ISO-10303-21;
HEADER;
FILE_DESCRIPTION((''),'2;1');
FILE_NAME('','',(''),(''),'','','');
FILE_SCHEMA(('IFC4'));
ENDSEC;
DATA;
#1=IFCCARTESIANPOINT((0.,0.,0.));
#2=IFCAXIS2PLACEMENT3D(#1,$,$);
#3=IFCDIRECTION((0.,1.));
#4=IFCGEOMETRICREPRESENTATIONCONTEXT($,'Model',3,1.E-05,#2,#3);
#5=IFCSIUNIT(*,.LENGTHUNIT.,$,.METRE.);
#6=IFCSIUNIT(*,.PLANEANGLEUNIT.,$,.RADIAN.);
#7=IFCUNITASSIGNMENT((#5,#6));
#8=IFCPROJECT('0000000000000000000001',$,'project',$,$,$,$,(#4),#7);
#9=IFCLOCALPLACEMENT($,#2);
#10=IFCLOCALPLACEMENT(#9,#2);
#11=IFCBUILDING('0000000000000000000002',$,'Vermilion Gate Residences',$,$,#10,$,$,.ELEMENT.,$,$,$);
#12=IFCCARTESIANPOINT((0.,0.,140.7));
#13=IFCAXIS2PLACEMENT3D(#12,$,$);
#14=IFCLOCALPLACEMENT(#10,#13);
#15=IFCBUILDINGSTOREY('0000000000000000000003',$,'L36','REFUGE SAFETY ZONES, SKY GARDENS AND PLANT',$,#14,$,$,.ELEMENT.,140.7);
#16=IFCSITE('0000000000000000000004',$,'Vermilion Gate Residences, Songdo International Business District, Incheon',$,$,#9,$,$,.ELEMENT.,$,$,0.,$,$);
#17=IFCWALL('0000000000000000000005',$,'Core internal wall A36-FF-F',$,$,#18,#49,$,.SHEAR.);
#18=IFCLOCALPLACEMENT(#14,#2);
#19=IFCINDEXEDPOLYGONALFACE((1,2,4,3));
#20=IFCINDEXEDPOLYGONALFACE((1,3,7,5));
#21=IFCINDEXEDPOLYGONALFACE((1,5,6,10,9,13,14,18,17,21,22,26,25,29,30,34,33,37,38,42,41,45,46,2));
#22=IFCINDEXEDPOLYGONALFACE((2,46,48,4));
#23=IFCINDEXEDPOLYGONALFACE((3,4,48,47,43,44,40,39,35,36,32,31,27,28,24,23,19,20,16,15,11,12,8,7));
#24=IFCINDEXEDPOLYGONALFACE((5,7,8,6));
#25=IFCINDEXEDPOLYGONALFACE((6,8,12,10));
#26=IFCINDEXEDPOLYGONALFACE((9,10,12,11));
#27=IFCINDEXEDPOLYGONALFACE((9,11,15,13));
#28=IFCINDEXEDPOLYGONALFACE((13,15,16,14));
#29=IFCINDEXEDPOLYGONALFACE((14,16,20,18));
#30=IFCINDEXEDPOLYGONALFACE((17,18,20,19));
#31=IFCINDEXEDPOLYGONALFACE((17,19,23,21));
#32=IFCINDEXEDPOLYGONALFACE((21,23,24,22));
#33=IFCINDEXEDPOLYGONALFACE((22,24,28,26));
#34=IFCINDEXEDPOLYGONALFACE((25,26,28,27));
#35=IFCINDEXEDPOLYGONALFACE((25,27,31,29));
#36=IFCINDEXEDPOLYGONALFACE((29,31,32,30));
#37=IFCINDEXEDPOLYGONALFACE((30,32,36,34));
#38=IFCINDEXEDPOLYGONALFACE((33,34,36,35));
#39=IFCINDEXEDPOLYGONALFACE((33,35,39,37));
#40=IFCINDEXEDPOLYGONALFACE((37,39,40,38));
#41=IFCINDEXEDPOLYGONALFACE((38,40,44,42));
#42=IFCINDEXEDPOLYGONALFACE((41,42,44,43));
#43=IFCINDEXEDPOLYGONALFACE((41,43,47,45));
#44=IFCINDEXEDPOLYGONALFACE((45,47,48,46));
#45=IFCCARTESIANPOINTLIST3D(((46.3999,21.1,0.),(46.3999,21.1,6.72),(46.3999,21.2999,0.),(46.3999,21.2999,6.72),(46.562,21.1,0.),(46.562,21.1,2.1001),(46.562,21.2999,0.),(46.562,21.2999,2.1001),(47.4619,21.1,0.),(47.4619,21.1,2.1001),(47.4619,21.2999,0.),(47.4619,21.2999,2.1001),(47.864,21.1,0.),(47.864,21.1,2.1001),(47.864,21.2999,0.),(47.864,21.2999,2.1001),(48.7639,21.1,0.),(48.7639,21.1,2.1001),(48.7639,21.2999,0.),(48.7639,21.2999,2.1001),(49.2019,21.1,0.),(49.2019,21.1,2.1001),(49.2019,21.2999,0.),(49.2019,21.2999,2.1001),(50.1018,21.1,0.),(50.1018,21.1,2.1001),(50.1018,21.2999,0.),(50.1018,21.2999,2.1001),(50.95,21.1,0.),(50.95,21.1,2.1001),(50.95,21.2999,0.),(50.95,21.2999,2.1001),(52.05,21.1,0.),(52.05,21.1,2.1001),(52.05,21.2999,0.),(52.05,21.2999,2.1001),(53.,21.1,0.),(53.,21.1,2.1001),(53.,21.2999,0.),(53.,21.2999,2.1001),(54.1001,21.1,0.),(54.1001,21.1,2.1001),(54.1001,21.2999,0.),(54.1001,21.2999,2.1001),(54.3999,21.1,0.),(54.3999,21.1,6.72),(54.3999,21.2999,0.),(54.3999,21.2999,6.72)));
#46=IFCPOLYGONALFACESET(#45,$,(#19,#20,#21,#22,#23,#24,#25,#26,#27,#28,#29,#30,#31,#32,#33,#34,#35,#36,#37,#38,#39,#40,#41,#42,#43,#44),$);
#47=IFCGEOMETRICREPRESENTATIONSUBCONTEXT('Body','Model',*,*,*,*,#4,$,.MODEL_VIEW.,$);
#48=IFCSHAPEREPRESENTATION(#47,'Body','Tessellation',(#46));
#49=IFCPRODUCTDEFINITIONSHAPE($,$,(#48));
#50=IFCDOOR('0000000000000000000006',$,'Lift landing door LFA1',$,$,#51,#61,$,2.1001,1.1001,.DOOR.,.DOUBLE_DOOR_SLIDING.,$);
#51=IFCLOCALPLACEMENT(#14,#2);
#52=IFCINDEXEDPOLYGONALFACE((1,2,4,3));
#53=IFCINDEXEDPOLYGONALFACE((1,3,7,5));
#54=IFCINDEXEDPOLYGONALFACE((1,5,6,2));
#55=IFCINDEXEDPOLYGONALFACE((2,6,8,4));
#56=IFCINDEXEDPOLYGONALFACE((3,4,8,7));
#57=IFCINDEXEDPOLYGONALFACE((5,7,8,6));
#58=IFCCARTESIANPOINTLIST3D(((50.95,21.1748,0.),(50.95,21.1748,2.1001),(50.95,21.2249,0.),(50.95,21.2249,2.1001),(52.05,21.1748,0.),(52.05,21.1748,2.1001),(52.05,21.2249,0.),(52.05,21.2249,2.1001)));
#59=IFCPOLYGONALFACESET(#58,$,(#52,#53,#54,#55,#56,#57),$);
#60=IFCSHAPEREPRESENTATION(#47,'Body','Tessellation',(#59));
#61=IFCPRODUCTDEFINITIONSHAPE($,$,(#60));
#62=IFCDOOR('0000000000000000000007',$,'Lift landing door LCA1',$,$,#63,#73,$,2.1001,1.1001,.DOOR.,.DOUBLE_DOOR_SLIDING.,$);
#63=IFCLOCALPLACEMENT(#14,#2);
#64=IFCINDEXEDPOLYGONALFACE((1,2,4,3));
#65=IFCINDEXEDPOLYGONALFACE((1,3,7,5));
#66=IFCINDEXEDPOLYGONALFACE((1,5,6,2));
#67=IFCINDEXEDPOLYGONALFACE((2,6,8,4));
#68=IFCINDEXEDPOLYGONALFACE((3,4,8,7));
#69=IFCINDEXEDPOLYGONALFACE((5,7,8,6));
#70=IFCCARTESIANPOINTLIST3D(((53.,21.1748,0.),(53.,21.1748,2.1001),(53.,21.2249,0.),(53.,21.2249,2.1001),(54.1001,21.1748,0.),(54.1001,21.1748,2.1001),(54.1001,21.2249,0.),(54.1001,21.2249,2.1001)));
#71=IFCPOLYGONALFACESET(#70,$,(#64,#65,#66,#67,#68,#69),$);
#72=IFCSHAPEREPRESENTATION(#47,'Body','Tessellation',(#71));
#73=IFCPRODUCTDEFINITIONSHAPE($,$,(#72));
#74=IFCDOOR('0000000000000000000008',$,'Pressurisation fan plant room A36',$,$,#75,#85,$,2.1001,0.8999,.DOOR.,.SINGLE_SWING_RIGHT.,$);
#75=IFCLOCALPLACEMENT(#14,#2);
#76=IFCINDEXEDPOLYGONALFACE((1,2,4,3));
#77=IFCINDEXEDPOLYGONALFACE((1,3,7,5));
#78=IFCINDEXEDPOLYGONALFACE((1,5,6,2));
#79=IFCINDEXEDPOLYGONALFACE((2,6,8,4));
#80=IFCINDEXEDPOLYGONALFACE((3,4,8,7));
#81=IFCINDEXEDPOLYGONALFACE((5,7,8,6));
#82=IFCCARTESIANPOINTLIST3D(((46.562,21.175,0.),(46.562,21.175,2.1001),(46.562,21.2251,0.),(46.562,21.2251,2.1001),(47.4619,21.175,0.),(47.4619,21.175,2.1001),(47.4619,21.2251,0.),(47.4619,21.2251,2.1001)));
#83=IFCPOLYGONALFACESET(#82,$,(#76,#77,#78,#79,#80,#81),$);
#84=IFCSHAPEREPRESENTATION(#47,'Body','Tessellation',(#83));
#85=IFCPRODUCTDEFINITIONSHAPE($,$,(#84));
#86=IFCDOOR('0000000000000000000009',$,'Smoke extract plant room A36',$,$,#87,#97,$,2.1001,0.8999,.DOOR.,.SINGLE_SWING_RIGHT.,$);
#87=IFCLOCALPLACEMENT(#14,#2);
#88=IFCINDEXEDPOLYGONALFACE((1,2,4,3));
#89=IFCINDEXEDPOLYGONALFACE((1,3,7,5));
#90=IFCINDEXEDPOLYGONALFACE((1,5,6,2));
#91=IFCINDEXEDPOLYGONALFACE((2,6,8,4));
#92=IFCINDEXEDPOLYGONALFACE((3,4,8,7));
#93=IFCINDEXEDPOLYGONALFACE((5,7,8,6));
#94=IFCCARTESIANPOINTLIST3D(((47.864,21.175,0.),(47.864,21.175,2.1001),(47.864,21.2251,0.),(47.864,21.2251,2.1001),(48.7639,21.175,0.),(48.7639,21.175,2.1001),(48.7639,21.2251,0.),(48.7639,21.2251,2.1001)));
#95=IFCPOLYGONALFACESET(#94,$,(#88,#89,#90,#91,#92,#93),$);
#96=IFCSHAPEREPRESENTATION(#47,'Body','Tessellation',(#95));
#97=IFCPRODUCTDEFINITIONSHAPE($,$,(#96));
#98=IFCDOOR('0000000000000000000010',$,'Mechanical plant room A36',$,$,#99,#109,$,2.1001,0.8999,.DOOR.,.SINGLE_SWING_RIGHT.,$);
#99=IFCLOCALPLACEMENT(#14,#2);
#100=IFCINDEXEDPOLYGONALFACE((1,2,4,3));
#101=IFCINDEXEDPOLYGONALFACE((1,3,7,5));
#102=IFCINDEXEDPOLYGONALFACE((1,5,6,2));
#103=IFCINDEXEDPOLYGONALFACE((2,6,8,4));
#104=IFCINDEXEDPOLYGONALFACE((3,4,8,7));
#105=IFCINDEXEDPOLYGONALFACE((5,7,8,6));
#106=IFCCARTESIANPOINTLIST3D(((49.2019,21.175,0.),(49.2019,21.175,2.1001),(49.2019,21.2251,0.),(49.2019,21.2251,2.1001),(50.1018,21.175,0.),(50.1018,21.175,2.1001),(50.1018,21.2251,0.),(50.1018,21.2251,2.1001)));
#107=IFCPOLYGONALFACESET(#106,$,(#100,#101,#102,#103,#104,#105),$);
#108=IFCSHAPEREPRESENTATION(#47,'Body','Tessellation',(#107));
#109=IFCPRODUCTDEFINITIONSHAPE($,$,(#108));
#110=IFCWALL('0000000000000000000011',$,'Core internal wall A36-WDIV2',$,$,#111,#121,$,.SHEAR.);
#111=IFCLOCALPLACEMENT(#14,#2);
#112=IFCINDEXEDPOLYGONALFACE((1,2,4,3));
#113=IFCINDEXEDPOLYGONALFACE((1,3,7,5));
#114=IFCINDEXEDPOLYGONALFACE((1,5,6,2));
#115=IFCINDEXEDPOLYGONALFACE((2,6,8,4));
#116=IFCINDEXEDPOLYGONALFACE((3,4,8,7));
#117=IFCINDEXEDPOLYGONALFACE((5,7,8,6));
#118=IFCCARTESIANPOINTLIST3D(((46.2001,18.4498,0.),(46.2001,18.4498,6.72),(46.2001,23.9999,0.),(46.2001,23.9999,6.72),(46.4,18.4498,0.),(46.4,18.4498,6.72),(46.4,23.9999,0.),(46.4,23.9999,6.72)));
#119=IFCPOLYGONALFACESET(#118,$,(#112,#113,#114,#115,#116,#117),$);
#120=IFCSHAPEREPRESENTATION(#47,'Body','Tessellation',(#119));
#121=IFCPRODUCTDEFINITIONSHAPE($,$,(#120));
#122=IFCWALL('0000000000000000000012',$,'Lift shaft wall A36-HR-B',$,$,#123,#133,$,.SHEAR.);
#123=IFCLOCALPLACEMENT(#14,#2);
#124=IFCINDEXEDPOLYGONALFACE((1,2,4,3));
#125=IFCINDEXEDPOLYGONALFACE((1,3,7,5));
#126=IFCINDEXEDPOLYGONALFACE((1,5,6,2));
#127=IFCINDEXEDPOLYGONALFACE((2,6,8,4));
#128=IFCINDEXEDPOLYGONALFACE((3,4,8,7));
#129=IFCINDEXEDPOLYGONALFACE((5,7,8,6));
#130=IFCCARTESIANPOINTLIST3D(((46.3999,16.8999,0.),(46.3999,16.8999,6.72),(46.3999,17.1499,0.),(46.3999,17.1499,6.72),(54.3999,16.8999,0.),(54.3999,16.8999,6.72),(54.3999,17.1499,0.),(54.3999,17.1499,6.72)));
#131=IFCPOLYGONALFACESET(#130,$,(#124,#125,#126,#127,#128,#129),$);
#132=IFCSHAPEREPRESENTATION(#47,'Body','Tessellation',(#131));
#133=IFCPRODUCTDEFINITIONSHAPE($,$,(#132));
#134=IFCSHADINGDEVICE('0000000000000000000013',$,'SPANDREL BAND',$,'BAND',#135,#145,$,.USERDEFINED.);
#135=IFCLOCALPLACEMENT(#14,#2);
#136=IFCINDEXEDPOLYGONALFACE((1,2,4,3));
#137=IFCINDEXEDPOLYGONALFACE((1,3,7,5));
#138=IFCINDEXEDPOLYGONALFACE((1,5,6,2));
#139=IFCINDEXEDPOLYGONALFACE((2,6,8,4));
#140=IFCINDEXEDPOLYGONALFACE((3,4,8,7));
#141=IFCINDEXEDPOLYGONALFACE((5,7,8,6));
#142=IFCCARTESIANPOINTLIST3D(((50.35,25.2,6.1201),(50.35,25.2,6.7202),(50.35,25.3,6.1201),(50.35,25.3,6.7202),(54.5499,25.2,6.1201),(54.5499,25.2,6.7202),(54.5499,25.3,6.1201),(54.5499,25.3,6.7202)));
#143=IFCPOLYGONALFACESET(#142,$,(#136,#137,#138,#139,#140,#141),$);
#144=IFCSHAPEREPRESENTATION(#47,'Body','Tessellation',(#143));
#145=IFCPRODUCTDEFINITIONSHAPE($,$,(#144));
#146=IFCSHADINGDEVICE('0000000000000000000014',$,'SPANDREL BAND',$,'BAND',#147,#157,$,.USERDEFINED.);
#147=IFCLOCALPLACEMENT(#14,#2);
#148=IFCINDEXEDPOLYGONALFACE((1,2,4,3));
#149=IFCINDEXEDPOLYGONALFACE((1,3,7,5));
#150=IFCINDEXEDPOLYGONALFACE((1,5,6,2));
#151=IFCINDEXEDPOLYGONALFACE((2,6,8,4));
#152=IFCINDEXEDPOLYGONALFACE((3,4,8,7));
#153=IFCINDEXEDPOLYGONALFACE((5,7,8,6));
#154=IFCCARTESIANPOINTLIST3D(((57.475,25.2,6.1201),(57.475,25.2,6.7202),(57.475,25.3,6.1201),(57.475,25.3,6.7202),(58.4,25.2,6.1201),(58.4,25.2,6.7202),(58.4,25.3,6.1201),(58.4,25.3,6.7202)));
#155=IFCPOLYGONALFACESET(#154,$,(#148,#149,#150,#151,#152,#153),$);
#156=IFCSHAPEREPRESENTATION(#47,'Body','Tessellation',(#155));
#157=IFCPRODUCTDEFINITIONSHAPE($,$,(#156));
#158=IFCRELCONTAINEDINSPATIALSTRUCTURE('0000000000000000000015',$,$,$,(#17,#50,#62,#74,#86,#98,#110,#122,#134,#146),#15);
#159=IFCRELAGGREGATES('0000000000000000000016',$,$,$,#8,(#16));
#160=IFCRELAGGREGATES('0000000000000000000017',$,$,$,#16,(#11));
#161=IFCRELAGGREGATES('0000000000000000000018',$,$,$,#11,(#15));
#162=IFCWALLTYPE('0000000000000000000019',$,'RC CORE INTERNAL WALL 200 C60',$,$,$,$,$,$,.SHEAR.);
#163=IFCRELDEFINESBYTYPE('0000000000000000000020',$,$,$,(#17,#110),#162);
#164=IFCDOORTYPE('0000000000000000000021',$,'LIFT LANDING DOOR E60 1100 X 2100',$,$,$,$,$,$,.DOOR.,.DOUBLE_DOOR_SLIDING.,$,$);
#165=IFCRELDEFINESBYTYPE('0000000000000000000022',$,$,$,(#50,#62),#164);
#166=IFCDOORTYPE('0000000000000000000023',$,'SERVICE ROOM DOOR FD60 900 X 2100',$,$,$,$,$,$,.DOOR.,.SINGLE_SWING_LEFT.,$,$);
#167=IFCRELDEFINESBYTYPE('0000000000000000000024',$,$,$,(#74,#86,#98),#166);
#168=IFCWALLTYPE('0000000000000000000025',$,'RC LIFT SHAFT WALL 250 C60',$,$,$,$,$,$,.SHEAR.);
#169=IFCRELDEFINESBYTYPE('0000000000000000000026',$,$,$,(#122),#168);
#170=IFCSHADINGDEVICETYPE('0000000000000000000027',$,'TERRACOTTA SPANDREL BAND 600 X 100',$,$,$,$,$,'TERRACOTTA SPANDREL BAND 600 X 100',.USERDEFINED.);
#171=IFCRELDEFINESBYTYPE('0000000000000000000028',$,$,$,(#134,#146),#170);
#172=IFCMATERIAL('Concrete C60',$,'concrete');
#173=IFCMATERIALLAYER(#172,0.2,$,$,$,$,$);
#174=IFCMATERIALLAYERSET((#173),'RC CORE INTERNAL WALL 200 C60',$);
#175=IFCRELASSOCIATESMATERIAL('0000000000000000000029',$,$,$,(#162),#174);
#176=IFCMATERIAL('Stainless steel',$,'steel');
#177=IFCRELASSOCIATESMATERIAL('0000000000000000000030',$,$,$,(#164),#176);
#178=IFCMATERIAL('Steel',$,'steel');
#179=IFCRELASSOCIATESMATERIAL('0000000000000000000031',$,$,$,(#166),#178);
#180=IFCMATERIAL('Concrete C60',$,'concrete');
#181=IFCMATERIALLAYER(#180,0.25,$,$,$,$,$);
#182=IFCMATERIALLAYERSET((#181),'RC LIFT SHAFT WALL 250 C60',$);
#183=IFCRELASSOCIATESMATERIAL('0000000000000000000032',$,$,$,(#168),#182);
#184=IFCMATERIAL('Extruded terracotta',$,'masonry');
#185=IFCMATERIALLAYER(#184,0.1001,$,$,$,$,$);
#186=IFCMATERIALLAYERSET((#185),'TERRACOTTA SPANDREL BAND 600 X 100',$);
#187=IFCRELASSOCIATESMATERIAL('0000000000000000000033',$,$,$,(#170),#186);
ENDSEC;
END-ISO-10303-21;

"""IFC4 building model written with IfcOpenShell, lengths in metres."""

from ifc_helpers import new_model, si_unit, direction, frame, frame_2d, origin, origin_2d, place, context, subcontext, project, spatial, rectangle, extrude, material, layer, layer_set, type_object, element, fill, save


model = new_model("IFC4")

# Units and contexts
model_context = context("Model", 3, precision=1e-05, world=origin(), true_north=direction((0.0, 1.0)))
body_context = subcontext(model_context, "Body", "Model", "MODEL_VIEW")
ifc_project = project(units=[si_unit("LENGTHUNIT", "METRE"), si_unit("PLANEANGLEUNIT", "RADIAN")], contexts=[model_context])

# Site, building, storey
site_placement = place(None, origin())
site = spatial("IfcSite", under=ifc_project, at=site_placement, Name="Vermilion Gate Residences, Songdo International Business District, Incheon", CompositionType="ELEMENT", RefElevation=0.0)
building_placement = place(site_placement, origin())
building = spatial("IfcBuilding", under=site, at=building_placement, Name="Vermilion Gate Residences", CompositionType="ELEMENT")
storey_placement = place(building_placement, frame((0.0, 0.0, 140.7)))
storey = spatial("IfcBuildingStorey", under=building, at=storey_placement, Name="L36", Description="REFUGE SAFETY ZONES, SKY GARDENS AND PLANT", CompositionType="ELEMENT", Elevation=140.7)

# Shared definitions
ifc_material_1 = material(Name="Concrete C60", Category="concrete")
ifc_layer_1 = layer(ifc_material_1, 0.2)
ifc_layer_set_1 = layer_set([ifc_layer_1], Name="RC CORE INTERNAL WALL 200 C60")
wall_type_1 = type_object("IfcWallType", Name="RC CORE INTERNAL WALL 200 C60", PredefinedType="SHEAR", material=ifc_layer_set_1)

# Wall, openings, doors
wall_1_placement = place(storey_placement, frame((46.3999, 21.2, 0.0), z_axis=(0.0, 0.0, 1.0), x_axis=(1.0, 0.0, 0.0)))
wall_1 = element("IfcWall", 1, at=wall_1_placement, inside=storey, type_object=wall_type_1, Name="Core internal wall A36-FF-F", PredefinedType="SHEAR", context=body_context, shape_type="SweptSolid", body=[
    extrude(rectangle(XDim=8.0, YDim=0.2, at=frame_2d((4.0, 0.0))), origin(), (0.0, 0.0, 1.0), 6.72),
])
opening_1_placement = place(wall_1_placement, frame((0.1621, 0.0, 0.0)))
opening_1 = element("IfcOpeningElement", 2, at=opening_1_placement, cuts=wall_1, PredefinedType="OPENING", context=body_context, shape_type="SweptSolid", body=[
    extrude(rectangle(XDim=0.8999, YDim=2.1001, at=frame_2d((0.45, 1.05))), frame((0.0, 0.1099, 0.0), z_axis=(0.0, -1.0, 0.0), x_axis=(1.0, 0.0, 0.0)), (0.0, 0.0, 1.0), 0.22),
])
opening_2_placement = place(wall_1_placement, frame((1.4641, 0.0, 0.0)))
opening_2 = element("IfcOpeningElement", 3, at=opening_2_placement, cuts=wall_1, PredefinedType="OPENING", context=body_context, shape_type="SweptSolid", body=[
    extrude(rectangle(XDim=0.8999, YDim=2.1001, at=frame_2d((0.45, 1.05))), frame((0.0, 0.1099, 0.0), z_axis=(0.0, -1.0, 0.0), x_axis=(1.0, 0.0, 0.0)), (0.0, 0.0, 1.0), 0.22),
])
opening_3_placement = place(wall_1_placement, frame((2.802, 0.0, 0.0)))
opening_3 = element("IfcOpeningElement", 4, at=opening_3_placement, cuts=wall_1, PredefinedType="OPENING", context=body_context, shape_type="SweptSolid", body=[
    extrude(rectangle(XDim=0.8999, YDim=2.1001, at=frame_2d((0.45, 1.05))), frame((0.0, 0.1099, 0.0), z_axis=(0.0, -1.0, 0.0), x_axis=(1.0, 0.0, 0.0)), (0.0, 0.0, 1.0), 0.22),
])
opening_4_placement = place(wall_1_placement, frame((4.55, 0.0, 0.0)))
opening_4 = element("IfcOpeningElement", 5, at=opening_4_placement, cuts=wall_1, PredefinedType="OPENING", context=body_context, shape_type="SweptSolid", body=[
    extrude(rectangle(XDim=1.1001, YDim=2.1001, at=frame_2d((0.55, 1.05))), frame((0.0, 0.1099, 0.0), z_axis=(0.0, -1.0, 0.0), x_axis=(1.0, 0.0, 0.0)), (0.0, 0.0, 1.0), 0.22),
])
opening_5_placement = place(wall_1_placement, frame((6.6001, 0.0, 0.0)))
opening_5 = element("IfcOpeningElement", 6, at=opening_5_placement, cuts=wall_1, PredefinedType="OPENING", context=body_context, shape_type="SweptSolid", body=[
    extrude(rectangle(XDim=1.1001, YDim=2.1001, at=frame_2d((0.55, 1.05))), frame((0.0, 0.1099, 0.0), z_axis=(0.0, -1.0, 0.0), x_axis=(1.0, 0.0, 0.0)), (0.0, 0.0, 1.0), 0.22),
])
ifc_material_2 = material(Name="Stainless steel", Category="steel")
door_type_1 = type_object("IfcDoorType", Name="LIFT LANDING DOOR E60 1100 X 2100", OperationType="DOUBLE_DOOR_SLIDING", PredefinedType="DOOR", material=ifc_material_2)
door_1_placement = place(opening_4_placement, origin())
door_1 = element("IfcDoor", 7, at=door_1_placement, inside=storey, type_object=door_type_1, Name="Lift landing door LFA1", OperationType="DOUBLE_DOOR_SLIDING", OverallHeight=2.1001, OverallWidth=1.1001, PredefinedType="DOOR", context=body_context, shape_type="SweptSolid", body=[
    extrude(rectangle(XDim=1.1001, YDim=2.1001, at=frame_2d((0.55, 1.05))), frame((0.0, 0.0249, 0.0), z_axis=(0.0, -1.0, 0.0), x_axis=(1.0, 0.0, 0.0)), (0.0, 0.0, 1.0), 0.05),
])
fill(opening_4, door_1)
door_2_placement = place(opening_5_placement, origin())
door_2 = element("IfcDoor", 8, at=door_2_placement, inside=storey, type_object=door_type_1, Name="Lift landing door LCA1", OperationType="DOUBLE_DOOR_SLIDING", OverallHeight=2.1001, OverallWidth=1.1001, PredefinedType="DOOR", context=body_context, shape_type="SweptSolid", body=[
    extrude(rectangle(XDim=1.1001, YDim=2.1001, at=frame_2d((0.55, 1.05))), frame((0.0, 0.0249, 0.0), z_axis=(0.0, -1.0, 0.0), x_axis=(1.0, 0.0, 0.0)), (0.0, 0.0, 1.0), 0.05),
])
fill(opening_5, door_2)
ifc_material_3 = material(Name="Steel", Category="steel")
door_type_2 = type_object("IfcDoorType", Name="SERVICE ROOM DOOR FD60 900 X 2100", OperationType="SINGLE_SWING_LEFT", PredefinedType="DOOR", material=ifc_material_3)
door_3_placement = place(opening_1_placement, frame((0.8999, 0.0, 0.0), z_axis=(0.0, 0.0, 1.0), x_axis=(-1.0, 0.0, 0.0)))
door_3 = element("IfcDoor", 9, at=door_3_placement, inside=storey, type_object=door_type_2, Name="Pressurisation fan plant room A36", OperationType="SINGLE_SWING_RIGHT", OverallHeight=2.1001, OverallWidth=0.8999, PredefinedType="DOOR", context=body_context, shape_type="SweptSolid", body=[
    extrude(rectangle(XDim=0.8999, YDim=2.1001, at=frame_2d((0.45, 1.05))), frame((0.0, 0.0249, 0.0), z_axis=(0.0, -1.0, 0.0), x_axis=(1.0, 0.0, 0.0)), (0.0, 0.0, 1.0), 0.05),
])
fill(opening_1, door_3)
door_4_placement = place(opening_2_placement, frame((0.8999, 0.0, 0.0), z_axis=(0.0, 0.0, 1.0), x_axis=(-1.0, 0.0, 0.0)))
door_4 = element("IfcDoor", 10, at=door_4_placement, inside=storey, type_object=door_type_2, Name="Smoke extract plant room A36", OperationType="SINGLE_SWING_RIGHT", OverallHeight=2.1001, OverallWidth=0.8999, PredefinedType="DOOR", context=body_context, shape_type="SweptSolid", body=[
    extrude(rectangle(XDim=0.8999, YDim=2.1001, at=frame_2d((0.45, 1.05))), frame((0.0, 0.0249, 0.0), z_axis=(0.0, -1.0, 0.0), x_axis=(1.0, 0.0, 0.0)), (0.0, 0.0, 1.0), 0.05),
])
fill(opening_2, door_4)
door_5_placement = place(opening_3_placement, frame((0.8999, 0.0, 0.0), z_axis=(0.0, 0.0, 1.0), x_axis=(-1.0, 0.0, 0.0)))
door_5 = element("IfcDoor", 11, at=door_5_placement, inside=storey, type_object=door_type_2, Name="Mechanical plant room A36", OperationType="SINGLE_SWING_RIGHT", OverallHeight=2.1001, OverallWidth=0.8999, PredefinedType="DOOR", context=body_context, shape_type="SweptSolid", body=[
    extrude(rectangle(XDim=0.8999, YDim=2.1001, at=frame_2d((0.45, 1.05))), frame((0.0, 0.0249, 0.0), z_axis=(0.0, -1.0, 0.0), x_axis=(1.0, 0.0, 0.0)), (0.0, 0.0, 1.0), 0.05),
])
fill(opening_3, door_5)

# Walls
wall_2_placement = place(storey_placement, frame((46.3, 18.45, 0.0), z_axis=(0.0, 0.0, 1.0), x_axis=(0.0, 1.0, 0.0)))
element("IfcWall", 12, at=wall_2_placement, inside=storey, type_object=wall_type_1, Name="Core internal wall A36-WDIV2", PredefinedType="SHEAR", context=body_context, shape_type="SweptSolid", body=[
    extrude(rectangle(XDim=5.55, YDim=0.2, at=frame_2d((2.7749, 0.0))), origin(), (0.0, 0.0, 1.0), 6.72),
])
ifc_material_4 = material(Name="Concrete C60", Category="concrete")
ifc_layer_2 = layer(ifc_material_4, 0.25)
ifc_layer_set_2 = layer_set([ifc_layer_2], Name="RC LIFT SHAFT WALL 250 C60")
wall_type_2 = type_object("IfcWallType", Name="RC LIFT SHAFT WALL 250 C60", PredefinedType="SHEAR", material=ifc_layer_set_2)
wall_3_placement = place(storey_placement, frame((46.3999, 17.0249, 0.0), z_axis=(0.0, 0.0, 1.0), x_axis=(1.0, 0.0, 0.0)))
element("IfcWall", 13, at=wall_3_placement, inside=storey, type_object=wall_type_2, Name="Lift shaft wall A36-HR-B", PredefinedType="SHEAR", context=body_context, shape_type="SweptSolid", body=[
    extrude(rectangle(XDim=8.0, YDim=0.25, at=frame_2d((4.0, 0.0))), origin(), (0.0, 0.0, 1.0), 6.72),
])

# Shading devices
ifc_material_5 = material(Name="Extruded terracotta", Category="masonry")
ifc_layer_3 = layer(ifc_material_5, 0.1001)
ifc_layer_set_3 = layer_set([ifc_layer_3], Name="TERRACOTTA SPANDREL BAND 600 X 100")
shading_device_type = type_object("IfcShadingDeviceType", Name="TERRACOTTA SPANDREL BAND 600 X 100", ElementType="TERRACOTTA SPANDREL BAND 600 X 100", PredefinedType="USERDEFINED", material=ifc_layer_set_3)
shading_device_1_placement = place(storey_placement, frame((52.45, 25.25, 6.1201), z_axis=(0.0, 0.0, 1.0), x_axis=(1.0, 0.0, 0.0)))
element("IfcShadingDevice", 14, at=shading_device_1_placement, inside=storey, type_object=shading_device_type, Name="SPANDREL BAND", ObjectType="BAND", PredefinedType="USERDEFINED", context=body_context, shape_type="SweptSolid", body=[
    extrude(rectangle(XDim=4.2, YDim=0.1001, at=origin_2d()), origin(), (0.0, 0.0, 1.0), 0.6001),
])
shading_device_2_placement = place(storey_placement, frame((57.9375, 25.25, 6.1201), z_axis=(0.0, 0.0, 1.0), x_axis=(1.0, 0.0, 0.0)))
element("IfcShadingDevice", 15, at=shading_device_2_placement, inside=storey, type_object=shading_device_type, Name="SPANDREL BAND", ObjectType="BAND", PredefinedType="USERDEFINED", context=body_context, shape_type="SweptSolid", body=[
    extrude(rectangle(XDim=0.925, YDim=0.1001, at=origin_2d()), origin(), (0.0, 0.0, 1.0), 0.6001),
])

save(model, "model.ifc")
